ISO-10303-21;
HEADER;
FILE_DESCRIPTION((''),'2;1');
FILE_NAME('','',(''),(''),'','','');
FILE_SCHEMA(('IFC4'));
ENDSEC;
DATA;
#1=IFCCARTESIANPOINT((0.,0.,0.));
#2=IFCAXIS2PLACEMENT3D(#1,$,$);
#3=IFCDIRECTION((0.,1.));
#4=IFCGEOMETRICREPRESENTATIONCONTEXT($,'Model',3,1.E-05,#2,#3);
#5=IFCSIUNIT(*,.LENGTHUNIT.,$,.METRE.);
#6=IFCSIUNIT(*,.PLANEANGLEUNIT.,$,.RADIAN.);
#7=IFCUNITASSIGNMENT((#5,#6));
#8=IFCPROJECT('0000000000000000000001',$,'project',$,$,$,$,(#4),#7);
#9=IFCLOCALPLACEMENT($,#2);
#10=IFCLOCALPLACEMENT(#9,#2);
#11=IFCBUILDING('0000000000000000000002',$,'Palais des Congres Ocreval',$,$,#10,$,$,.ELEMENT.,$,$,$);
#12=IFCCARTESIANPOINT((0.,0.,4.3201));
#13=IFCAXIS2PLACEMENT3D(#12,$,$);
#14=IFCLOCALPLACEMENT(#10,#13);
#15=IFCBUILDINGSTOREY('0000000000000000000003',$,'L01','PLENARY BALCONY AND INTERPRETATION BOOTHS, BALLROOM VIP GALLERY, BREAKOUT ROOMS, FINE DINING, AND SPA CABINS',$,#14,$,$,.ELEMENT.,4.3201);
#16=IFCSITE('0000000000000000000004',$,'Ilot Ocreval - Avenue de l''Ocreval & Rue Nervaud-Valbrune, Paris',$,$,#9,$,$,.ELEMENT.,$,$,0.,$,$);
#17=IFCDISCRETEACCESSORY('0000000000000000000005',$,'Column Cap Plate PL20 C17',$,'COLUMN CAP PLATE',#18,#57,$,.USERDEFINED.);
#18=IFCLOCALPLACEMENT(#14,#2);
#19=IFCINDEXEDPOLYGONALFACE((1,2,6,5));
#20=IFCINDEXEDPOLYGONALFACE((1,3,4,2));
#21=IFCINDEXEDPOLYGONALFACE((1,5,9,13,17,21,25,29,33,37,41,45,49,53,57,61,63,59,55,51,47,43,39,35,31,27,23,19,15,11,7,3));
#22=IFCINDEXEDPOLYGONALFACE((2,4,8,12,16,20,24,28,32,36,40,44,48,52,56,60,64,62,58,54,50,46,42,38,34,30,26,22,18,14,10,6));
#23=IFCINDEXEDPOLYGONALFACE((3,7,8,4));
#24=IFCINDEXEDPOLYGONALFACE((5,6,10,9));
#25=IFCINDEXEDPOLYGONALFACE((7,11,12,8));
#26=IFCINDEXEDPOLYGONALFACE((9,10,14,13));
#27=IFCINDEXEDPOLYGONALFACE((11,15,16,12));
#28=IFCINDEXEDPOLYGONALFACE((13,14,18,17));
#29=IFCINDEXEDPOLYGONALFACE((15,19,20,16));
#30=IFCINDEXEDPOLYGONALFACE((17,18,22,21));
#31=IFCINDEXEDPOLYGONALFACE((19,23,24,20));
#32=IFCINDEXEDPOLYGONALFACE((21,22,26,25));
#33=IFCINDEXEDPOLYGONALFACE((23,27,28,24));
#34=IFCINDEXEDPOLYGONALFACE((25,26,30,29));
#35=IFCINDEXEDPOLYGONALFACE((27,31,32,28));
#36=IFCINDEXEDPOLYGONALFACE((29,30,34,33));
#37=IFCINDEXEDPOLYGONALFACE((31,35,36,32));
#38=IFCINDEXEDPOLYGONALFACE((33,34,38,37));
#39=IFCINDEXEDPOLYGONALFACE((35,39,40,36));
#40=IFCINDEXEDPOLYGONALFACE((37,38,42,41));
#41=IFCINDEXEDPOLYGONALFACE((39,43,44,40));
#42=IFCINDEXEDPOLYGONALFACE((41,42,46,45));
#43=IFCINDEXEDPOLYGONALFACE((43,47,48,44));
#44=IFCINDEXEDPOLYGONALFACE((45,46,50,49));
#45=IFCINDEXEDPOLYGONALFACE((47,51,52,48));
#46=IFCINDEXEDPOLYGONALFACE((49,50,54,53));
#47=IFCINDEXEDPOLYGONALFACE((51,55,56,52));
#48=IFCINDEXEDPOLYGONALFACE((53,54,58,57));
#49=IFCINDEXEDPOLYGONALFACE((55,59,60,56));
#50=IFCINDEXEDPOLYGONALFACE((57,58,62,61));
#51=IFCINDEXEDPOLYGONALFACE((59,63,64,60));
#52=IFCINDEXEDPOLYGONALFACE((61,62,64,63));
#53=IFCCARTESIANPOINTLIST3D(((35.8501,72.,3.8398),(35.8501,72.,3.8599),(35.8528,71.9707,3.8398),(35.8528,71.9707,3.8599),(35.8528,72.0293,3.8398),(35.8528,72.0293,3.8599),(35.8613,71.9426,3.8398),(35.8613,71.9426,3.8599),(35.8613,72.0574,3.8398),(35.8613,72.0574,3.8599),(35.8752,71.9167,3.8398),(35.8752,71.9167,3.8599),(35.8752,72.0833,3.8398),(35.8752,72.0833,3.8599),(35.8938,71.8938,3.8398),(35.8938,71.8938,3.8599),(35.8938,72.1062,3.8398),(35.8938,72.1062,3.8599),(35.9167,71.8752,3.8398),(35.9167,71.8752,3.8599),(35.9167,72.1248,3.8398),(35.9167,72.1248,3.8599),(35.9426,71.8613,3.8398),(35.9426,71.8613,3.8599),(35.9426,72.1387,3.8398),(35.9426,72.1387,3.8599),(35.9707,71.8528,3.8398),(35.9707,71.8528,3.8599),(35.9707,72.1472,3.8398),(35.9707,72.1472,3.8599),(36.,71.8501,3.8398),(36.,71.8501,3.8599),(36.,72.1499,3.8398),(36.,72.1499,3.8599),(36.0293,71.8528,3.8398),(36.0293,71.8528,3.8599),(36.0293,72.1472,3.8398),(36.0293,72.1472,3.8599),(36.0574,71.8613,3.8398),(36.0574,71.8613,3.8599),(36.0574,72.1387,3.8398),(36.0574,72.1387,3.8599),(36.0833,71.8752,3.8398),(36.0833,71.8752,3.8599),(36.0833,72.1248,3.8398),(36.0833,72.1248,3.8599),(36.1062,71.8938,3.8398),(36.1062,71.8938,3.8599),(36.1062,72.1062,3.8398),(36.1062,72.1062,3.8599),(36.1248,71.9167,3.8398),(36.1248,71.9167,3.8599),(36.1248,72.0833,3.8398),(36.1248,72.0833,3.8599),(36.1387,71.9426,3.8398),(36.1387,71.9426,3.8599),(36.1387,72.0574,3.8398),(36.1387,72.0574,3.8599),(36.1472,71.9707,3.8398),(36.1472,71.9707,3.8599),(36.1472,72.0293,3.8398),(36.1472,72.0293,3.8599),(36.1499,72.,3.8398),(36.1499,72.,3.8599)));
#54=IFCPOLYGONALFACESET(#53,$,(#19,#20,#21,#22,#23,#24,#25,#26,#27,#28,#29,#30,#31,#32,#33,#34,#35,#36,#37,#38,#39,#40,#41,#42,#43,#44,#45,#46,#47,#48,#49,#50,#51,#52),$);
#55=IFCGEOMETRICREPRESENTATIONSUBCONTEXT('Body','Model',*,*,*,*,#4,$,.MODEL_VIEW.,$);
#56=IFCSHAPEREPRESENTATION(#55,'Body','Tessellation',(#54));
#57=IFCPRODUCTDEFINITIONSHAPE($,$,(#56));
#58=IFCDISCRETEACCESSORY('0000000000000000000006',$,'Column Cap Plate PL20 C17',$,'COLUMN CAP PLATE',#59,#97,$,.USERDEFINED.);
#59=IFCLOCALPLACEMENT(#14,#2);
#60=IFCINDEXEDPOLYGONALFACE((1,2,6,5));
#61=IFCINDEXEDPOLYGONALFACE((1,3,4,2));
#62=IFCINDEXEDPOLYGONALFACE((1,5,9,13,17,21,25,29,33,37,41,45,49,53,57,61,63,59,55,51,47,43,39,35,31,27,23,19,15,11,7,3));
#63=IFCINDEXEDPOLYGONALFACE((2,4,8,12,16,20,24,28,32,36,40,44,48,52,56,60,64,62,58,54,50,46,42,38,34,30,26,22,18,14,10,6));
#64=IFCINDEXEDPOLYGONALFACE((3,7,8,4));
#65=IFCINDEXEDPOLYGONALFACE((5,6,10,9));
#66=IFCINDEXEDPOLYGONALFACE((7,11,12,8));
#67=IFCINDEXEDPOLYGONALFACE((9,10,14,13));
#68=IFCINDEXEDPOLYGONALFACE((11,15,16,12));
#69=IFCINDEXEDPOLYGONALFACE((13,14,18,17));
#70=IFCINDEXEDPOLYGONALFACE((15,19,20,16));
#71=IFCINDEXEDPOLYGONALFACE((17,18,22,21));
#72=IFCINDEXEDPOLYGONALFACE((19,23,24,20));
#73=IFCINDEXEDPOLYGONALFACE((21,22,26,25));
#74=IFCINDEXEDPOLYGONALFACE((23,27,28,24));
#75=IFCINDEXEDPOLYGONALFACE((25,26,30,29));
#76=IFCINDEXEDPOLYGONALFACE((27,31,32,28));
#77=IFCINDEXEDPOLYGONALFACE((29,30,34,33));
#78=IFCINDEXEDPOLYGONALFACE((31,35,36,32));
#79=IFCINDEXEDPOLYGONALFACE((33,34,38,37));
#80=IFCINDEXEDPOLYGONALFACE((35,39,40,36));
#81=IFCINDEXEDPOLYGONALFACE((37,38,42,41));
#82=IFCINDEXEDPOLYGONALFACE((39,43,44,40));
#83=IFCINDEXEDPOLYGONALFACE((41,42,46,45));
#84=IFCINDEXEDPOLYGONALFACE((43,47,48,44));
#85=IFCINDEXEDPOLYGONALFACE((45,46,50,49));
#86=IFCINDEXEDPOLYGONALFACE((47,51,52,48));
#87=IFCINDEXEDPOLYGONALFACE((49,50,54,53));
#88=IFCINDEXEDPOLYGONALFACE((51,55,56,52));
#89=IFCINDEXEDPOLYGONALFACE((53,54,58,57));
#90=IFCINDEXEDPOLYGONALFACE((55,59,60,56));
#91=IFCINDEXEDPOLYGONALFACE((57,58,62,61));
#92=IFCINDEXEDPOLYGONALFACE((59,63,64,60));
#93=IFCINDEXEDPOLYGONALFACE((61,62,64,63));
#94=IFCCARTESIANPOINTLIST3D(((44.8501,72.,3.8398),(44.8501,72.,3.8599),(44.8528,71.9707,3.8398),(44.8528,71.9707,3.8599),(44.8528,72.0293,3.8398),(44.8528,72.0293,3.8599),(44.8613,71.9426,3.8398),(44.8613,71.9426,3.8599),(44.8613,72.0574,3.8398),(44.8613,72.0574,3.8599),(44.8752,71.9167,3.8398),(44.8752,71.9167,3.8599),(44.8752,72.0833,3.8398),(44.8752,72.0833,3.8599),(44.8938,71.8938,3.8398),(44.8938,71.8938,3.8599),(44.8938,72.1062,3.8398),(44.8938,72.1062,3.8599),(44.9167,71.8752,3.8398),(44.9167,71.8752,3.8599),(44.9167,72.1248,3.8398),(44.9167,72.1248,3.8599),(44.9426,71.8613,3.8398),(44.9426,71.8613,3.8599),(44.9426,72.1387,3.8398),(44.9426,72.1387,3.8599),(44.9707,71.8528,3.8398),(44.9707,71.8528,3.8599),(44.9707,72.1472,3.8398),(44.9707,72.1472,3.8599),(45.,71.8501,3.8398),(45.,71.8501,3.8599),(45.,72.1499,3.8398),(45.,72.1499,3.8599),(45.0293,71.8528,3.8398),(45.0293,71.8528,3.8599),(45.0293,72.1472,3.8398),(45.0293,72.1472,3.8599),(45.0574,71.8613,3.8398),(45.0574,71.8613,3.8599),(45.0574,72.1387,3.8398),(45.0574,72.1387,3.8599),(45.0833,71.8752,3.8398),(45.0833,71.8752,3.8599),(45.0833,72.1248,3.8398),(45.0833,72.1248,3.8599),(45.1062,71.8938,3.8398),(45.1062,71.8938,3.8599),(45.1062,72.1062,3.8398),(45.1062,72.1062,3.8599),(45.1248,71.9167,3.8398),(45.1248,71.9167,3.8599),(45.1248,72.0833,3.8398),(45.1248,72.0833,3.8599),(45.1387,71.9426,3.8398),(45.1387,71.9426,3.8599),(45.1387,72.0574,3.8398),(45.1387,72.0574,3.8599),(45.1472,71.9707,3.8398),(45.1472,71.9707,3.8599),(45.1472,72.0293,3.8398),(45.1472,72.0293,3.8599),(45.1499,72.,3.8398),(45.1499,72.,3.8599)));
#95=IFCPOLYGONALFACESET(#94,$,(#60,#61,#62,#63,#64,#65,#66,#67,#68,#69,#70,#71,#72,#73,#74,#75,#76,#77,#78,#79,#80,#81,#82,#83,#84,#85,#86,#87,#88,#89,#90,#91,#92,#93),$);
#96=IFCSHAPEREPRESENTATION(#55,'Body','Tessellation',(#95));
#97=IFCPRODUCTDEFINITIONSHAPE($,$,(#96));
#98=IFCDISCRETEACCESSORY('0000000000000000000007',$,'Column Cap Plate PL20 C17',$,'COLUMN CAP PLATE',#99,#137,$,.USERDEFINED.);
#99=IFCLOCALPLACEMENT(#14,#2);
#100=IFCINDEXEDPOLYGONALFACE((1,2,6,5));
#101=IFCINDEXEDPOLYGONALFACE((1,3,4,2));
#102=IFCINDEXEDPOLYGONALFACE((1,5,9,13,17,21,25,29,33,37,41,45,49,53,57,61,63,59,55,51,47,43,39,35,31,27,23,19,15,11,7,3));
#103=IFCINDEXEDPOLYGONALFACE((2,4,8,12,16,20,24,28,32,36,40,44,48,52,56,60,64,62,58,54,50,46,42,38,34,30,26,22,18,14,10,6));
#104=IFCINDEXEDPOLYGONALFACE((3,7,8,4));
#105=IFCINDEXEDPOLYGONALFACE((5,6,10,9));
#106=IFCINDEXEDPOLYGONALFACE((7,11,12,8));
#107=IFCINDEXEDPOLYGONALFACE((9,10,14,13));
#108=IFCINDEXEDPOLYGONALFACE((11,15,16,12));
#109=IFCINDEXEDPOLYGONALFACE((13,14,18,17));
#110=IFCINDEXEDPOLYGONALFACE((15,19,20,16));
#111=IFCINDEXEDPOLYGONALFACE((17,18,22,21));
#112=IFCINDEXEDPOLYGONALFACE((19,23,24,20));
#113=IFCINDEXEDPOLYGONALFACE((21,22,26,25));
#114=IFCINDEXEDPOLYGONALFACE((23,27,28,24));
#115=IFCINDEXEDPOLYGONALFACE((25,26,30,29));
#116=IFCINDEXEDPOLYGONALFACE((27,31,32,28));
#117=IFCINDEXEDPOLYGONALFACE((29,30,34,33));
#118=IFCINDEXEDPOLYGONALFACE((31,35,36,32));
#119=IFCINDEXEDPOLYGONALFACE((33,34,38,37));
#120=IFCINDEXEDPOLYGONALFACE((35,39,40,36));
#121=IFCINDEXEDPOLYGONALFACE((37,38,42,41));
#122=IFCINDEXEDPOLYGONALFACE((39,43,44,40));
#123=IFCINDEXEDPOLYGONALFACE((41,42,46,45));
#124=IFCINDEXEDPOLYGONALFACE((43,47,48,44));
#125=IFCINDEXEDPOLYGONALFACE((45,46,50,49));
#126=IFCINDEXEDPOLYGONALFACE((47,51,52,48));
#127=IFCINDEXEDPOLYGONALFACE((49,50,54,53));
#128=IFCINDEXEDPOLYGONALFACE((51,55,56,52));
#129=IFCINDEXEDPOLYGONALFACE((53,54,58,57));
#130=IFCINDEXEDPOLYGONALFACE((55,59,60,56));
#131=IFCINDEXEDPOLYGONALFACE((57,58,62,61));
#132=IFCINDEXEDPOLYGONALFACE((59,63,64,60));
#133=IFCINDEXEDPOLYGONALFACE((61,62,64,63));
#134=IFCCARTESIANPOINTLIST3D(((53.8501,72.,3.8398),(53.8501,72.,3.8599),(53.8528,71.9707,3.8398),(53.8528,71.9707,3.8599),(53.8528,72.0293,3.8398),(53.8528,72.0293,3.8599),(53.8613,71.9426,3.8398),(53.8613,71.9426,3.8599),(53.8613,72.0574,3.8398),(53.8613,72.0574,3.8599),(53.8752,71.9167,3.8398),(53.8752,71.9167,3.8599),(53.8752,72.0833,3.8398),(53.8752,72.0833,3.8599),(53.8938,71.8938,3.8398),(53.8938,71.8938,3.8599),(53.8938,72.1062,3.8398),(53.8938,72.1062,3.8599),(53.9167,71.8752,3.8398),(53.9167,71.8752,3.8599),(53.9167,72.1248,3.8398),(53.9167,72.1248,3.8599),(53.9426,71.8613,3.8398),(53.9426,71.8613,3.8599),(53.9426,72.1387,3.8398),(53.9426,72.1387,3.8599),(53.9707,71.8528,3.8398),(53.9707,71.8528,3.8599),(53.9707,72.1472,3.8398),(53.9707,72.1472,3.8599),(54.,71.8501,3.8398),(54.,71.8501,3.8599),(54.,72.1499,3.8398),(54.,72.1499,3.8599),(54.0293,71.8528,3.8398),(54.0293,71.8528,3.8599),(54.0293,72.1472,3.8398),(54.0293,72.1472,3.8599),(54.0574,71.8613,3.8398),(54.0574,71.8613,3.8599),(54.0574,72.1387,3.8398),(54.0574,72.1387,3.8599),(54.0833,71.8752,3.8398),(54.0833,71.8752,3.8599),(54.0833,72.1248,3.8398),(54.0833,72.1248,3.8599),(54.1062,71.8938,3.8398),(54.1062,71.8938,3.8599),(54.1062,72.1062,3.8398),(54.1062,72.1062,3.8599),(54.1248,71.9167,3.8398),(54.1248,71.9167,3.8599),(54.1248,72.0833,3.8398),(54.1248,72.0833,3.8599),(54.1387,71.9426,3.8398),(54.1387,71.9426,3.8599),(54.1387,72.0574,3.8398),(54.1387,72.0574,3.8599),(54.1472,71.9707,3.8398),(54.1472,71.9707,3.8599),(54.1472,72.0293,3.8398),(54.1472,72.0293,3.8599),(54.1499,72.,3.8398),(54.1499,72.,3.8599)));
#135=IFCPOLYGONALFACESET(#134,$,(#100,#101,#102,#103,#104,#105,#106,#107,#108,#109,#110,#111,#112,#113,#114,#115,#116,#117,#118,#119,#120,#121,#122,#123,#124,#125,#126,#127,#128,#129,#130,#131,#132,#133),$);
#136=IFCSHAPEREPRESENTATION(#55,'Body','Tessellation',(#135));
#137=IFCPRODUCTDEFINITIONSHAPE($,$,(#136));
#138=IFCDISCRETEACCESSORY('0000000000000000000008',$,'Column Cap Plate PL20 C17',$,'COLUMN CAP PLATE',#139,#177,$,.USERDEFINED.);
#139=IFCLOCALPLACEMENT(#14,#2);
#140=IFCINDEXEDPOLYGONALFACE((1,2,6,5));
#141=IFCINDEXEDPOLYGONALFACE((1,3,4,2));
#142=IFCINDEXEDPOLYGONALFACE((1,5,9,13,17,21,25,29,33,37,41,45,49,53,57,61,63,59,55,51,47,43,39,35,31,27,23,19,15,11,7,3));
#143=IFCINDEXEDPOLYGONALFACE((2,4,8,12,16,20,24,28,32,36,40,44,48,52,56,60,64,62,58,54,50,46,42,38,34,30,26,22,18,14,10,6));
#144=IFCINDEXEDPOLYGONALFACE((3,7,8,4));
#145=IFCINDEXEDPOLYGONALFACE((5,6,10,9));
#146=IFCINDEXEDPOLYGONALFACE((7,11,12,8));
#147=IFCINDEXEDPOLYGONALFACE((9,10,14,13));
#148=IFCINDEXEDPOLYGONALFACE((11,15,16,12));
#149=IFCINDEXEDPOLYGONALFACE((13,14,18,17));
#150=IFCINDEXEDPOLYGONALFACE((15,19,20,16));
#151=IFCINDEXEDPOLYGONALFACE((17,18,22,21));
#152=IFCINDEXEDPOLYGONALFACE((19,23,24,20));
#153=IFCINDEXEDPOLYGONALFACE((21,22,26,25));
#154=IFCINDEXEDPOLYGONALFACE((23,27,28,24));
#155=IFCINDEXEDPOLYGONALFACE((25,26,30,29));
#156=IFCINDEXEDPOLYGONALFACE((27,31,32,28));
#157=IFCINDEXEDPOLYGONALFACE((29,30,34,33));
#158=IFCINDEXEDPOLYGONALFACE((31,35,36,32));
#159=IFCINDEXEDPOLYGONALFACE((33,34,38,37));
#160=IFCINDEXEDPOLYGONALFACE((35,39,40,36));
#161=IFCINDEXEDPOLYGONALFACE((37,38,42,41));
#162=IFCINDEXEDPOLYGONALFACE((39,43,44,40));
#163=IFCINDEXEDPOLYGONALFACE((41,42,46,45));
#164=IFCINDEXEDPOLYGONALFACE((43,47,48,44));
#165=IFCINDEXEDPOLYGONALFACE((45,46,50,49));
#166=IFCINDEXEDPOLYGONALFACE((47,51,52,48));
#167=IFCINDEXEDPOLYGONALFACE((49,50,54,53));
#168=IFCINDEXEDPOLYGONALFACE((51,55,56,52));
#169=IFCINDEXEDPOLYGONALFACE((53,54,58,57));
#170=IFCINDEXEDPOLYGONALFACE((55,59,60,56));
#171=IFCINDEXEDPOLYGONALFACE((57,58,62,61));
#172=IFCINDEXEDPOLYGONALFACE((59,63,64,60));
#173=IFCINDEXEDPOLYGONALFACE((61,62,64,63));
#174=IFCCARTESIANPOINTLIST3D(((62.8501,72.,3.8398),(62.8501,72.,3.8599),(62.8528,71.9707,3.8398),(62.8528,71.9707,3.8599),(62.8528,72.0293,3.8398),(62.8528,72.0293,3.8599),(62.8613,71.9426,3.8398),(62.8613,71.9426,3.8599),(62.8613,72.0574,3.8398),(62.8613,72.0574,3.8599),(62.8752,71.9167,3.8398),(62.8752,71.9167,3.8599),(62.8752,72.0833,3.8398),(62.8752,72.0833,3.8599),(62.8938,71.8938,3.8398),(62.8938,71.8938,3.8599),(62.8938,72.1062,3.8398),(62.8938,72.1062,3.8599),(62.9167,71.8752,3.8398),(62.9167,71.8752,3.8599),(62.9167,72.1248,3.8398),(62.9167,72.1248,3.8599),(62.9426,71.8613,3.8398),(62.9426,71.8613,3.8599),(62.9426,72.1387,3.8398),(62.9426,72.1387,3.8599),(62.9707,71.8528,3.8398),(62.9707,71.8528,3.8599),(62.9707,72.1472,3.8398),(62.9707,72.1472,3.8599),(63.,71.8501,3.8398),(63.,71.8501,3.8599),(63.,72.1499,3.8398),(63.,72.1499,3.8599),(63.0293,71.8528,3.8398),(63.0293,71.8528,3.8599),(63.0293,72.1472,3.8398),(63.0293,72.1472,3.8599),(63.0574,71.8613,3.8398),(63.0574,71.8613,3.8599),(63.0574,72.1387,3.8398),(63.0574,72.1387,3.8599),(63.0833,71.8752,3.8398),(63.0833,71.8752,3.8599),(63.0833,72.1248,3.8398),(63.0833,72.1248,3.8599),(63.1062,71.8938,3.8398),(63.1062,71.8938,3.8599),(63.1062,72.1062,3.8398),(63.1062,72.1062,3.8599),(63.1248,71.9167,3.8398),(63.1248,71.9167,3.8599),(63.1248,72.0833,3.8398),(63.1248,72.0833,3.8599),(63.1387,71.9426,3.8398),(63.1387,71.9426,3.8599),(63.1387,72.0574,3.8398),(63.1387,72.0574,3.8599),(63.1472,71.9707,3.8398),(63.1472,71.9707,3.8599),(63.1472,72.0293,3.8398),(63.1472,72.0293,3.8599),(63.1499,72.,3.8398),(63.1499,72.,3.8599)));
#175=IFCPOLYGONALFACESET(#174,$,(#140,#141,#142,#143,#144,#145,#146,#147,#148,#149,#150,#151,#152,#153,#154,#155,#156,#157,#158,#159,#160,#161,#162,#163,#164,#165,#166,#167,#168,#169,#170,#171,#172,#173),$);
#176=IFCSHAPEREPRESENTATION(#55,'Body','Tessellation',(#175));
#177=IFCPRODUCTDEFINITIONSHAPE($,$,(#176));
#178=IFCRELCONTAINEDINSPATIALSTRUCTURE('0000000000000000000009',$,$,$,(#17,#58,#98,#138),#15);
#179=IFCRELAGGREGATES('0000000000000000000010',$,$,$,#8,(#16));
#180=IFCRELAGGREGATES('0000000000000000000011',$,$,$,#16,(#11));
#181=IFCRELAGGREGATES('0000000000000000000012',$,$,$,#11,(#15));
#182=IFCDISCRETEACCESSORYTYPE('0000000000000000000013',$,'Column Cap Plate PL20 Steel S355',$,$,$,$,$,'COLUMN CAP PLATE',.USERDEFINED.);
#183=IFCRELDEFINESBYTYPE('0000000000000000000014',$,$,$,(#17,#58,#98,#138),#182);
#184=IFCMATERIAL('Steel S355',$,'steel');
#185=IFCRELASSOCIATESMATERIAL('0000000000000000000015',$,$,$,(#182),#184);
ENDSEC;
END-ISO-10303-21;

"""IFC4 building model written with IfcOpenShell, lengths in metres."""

from ifc_helpers import new_model, si_unit, direction, frame, origin, place, context, subcontext, project, spatial, polyline, outline, extrude, material, type_object, element, save


model = new_model("IFC4")

# Units and contexts
model_context = context("Model", 3, precision=1e-05, world=origin(), true_north=direction((0.0, 1.0)))
body_context = subcontext(model_context, "Body", "Model", "MODEL_VIEW")
ifc_project = project(units=[si_unit("LENGTHUNIT", "METRE"), si_unit("PLANEANGLEUNIT", "RADIAN")], contexts=[model_context])

# Site, building, storey
site_placement = place(None, origin())
site = spatial("IfcSite", under=ifc_project, at=site_placement, Name="Ilot Ocreval - Avenue de l'Ocreval & Rue Nervaud-Valbrune, Paris", CompositionType="ELEMENT", RefElevation=0.0)
building_placement = place(site_placement, origin())
building = spatial("IfcBuilding", under=site, at=building_placement, Name="Palais des Congres Ocreval", CompositionType="ELEMENT")
storey_placement = place(building_placement, frame((0.0, 0.0, 4.3201)))
storey = spatial("IfcBuildingStorey", under=building, at=storey_placement, Name="L01", Description="PLENARY BALCONY AND INTERPRETATION BOOTHS, BALLROOM VIP GALLERY, BREAKOUT ROOMS, FINE DINING, AND SPA CABINS", CompositionType="ELEMENT", Elevation=4.3201)

# Discrete accessories
ifc_material_1 = material(Name="Steel S355", Category="steel")
discrete_accessory_type = type_object("IfcDiscreteAccessoryType", Name="Column Cap Plate PL20 Steel S355", ElementType="COLUMN CAP PLATE", PredefinedType="USERDEFINED", material=ifc_material_1)
discrete_accessory_1_placement = place(storey_placement, frame((0.0, 0.0, 3.8398)))
element("IfcDiscreteAccessory", 1, at=discrete_accessory_1_placement, inside=storey, type_object=discrete_accessory_type, Name="Column Cap Plate PL20 C17", ObjectType="COLUMN CAP PLATE", PredefinedType="USERDEFINED", context=body_context, shape_type="SweptSolid", body=[
    extrude(outline(polyline([(36.1499, 72.0), (36.1472, 72.0293), (36.1387, 72.0574), (36.1248, 72.0833), (36.1062, 72.1062), (36.0833, 72.1248), (36.0574, 72.1387), (36.0293, 72.1472), (36.0, 72.1499), (35.9707, 72.1472), (35.9426, 72.1387), (35.9167, 72.1248), (35.8938, 72.1062), (35.8752, 72.0833), (35.8613, 72.0574), (35.8528, 72.0293), (35.8501, 72.0), (35.8528, 71.9707), (35.8613, 71.9426), (35.8752, 71.9167), (35.8938, 71.8938), (35.9167, 71.8752), (35.9426, 71.8613), (35.9707, 71.8528), (36.0, 71.8501), (36.0293, 71.8528), (36.0574, 71.8613), (36.0833, 71.8752), (36.1062, 71.8938), (36.1248, 71.9167), (36.1387, 71.9426), (36.1472, 71.9707), (36.1499, 72.0)])), origin(), (0.0, 0.0, 1.0), 0.02),
])
discrete_accessory_2_placement = place(storey_placement, frame((0.0, 0.0, 3.8398)))
element("IfcDiscreteAccessory", 2, at=discrete_accessory_2_placement, inside=storey, type_object=discrete_accessory_type, Name="Column Cap Plate PL20 C17", ObjectType="COLUMN CAP PLATE", PredefinedType="USERDEFINED", context=body_context, shape_type="SweptSolid", body=[
    extrude(outline(polyline([(45.1499, 72.0), (45.1472, 72.0293), (45.1387, 72.0574), (45.1248, 72.0833), (45.1062, 72.1062), (45.0833, 72.1248), (45.0574, 72.1387), (45.0293, 72.1472), (45.0, 72.1499), (44.9707, 72.1472), (44.9426, 72.1387), (44.9167, 72.1248), (44.8938, 72.1062), (44.8752, 72.0833), (44.8613, 72.0574), (44.8528, 72.0293), (44.8501, 72.0), (44.8528, 71.9707), (44.8613, 71.9426), (44.8752, 71.9167), (44.8938, 71.8938), (44.9167, 71.8752), (44.9426, 71.8613), (44.9707, 71.8528), (45.0, 71.8501), (45.0293, 71.8528), (45.0574, 71.8613), (45.0833, 71.8752), (45.1062, 71.8938), (45.1248, 71.9167), (45.1387, 71.9426), (45.1472, 71.9707), (45.1499, 72.0)])), origin(), (0.0, 0.0, 1.0), 0.02),
])
discrete_accessory_3_placement = place(storey_placement, frame((0.0, 0.0, 3.8398)))
element("IfcDiscreteAccessory", 3, at=discrete_accessory_3_placement, inside=storey, type_object=discrete_accessory_type, Name="Column Cap Plate PL20 C17", ObjectType="COLUMN CAP PLATE", PredefinedType="USERDEFINED", context=body_context, shape_type="SweptSolid", body=[
    extrude(outline(polyline([(54.1499, 72.0), (54.1472, 72.0293), (54.1387, 72.0574), (54.1248, 72.0833), (54.1062, 72.1062), (54.0833, 72.1248), (54.0574, 72.1387), (54.0293, 72.1472), (54.0, 72.1499), (53.9707, 72.1472), (53.9426, 72.1387), (53.9167, 72.1248), (53.8938, 72.1062), (53.8752, 72.0833), (53.8613, 72.0574), (53.8528, 72.0293), (53.8501, 72.0), (53.8528, 71.9707), (53.8613, 71.9426), (53.8752, 71.9167), (53.8938, 71.8938), (53.9167, 71.8752), (53.9426, 71.8613), (53.9707, 71.8528), (54.0, 71.8501), (54.0293, 71.8528), (54.0574, 71.8613), (54.0833, 71.8752), (54.1062, 71.8938), (54.1248, 71.9167), (54.1387, 71.9426), (54.1472, 71.9707), (54.1499, 72.0)])), origin(), (0.0, 0.0, 1.0), 0.02),
])
discrete_accessory_4_placement = place(storey_placement, frame((0.0, 0.0, 3.8398)))
element("IfcDiscreteAccessory", 4, at=discrete_accessory_4_placement, inside=storey, type_object=discrete_accessory_type, Name="Column Cap Plate PL20 C17", ObjectType="COLUMN CAP PLATE", PredefinedType="USERDEFINED", context=body_context, shape_type="SweptSolid", body=[
    extrude(outline(polyline([(63.1499, 72.0), (63.1472, 72.0293), (63.1387, 72.0574), (63.1248, 72.0833), (63.1062, 72.1062), (63.0833, 72.1248), (63.0574, 72.1387), (63.0293, 72.1472), (63.0, 72.1499), (62.9707, 72.1472), (62.9426, 72.1387), (62.9167, 72.1248), (62.8938, 72.1062), (62.8752, 72.0833), (62.8613, 72.0574), (62.8528, 72.0293), (62.8501, 72.0), (62.8528, 71.9707), (62.8613, 71.9426), (62.8752, 71.9167), (62.8938, 71.8938), (62.9167, 71.8752), (62.9426, 71.8613), (62.9707, 71.8528), (63.0, 71.8501), (63.0293, 71.8528), (63.0574, 71.8613), (63.0833, 71.8752), (63.1062, 71.8938), (63.1248, 71.9167), (63.1387, 71.9426), (63.1472, 71.9707), (63.1499, 72.0)])), origin(), (0.0, 0.0, 1.0), 0.02),
])

save(model, "model.ifc")
